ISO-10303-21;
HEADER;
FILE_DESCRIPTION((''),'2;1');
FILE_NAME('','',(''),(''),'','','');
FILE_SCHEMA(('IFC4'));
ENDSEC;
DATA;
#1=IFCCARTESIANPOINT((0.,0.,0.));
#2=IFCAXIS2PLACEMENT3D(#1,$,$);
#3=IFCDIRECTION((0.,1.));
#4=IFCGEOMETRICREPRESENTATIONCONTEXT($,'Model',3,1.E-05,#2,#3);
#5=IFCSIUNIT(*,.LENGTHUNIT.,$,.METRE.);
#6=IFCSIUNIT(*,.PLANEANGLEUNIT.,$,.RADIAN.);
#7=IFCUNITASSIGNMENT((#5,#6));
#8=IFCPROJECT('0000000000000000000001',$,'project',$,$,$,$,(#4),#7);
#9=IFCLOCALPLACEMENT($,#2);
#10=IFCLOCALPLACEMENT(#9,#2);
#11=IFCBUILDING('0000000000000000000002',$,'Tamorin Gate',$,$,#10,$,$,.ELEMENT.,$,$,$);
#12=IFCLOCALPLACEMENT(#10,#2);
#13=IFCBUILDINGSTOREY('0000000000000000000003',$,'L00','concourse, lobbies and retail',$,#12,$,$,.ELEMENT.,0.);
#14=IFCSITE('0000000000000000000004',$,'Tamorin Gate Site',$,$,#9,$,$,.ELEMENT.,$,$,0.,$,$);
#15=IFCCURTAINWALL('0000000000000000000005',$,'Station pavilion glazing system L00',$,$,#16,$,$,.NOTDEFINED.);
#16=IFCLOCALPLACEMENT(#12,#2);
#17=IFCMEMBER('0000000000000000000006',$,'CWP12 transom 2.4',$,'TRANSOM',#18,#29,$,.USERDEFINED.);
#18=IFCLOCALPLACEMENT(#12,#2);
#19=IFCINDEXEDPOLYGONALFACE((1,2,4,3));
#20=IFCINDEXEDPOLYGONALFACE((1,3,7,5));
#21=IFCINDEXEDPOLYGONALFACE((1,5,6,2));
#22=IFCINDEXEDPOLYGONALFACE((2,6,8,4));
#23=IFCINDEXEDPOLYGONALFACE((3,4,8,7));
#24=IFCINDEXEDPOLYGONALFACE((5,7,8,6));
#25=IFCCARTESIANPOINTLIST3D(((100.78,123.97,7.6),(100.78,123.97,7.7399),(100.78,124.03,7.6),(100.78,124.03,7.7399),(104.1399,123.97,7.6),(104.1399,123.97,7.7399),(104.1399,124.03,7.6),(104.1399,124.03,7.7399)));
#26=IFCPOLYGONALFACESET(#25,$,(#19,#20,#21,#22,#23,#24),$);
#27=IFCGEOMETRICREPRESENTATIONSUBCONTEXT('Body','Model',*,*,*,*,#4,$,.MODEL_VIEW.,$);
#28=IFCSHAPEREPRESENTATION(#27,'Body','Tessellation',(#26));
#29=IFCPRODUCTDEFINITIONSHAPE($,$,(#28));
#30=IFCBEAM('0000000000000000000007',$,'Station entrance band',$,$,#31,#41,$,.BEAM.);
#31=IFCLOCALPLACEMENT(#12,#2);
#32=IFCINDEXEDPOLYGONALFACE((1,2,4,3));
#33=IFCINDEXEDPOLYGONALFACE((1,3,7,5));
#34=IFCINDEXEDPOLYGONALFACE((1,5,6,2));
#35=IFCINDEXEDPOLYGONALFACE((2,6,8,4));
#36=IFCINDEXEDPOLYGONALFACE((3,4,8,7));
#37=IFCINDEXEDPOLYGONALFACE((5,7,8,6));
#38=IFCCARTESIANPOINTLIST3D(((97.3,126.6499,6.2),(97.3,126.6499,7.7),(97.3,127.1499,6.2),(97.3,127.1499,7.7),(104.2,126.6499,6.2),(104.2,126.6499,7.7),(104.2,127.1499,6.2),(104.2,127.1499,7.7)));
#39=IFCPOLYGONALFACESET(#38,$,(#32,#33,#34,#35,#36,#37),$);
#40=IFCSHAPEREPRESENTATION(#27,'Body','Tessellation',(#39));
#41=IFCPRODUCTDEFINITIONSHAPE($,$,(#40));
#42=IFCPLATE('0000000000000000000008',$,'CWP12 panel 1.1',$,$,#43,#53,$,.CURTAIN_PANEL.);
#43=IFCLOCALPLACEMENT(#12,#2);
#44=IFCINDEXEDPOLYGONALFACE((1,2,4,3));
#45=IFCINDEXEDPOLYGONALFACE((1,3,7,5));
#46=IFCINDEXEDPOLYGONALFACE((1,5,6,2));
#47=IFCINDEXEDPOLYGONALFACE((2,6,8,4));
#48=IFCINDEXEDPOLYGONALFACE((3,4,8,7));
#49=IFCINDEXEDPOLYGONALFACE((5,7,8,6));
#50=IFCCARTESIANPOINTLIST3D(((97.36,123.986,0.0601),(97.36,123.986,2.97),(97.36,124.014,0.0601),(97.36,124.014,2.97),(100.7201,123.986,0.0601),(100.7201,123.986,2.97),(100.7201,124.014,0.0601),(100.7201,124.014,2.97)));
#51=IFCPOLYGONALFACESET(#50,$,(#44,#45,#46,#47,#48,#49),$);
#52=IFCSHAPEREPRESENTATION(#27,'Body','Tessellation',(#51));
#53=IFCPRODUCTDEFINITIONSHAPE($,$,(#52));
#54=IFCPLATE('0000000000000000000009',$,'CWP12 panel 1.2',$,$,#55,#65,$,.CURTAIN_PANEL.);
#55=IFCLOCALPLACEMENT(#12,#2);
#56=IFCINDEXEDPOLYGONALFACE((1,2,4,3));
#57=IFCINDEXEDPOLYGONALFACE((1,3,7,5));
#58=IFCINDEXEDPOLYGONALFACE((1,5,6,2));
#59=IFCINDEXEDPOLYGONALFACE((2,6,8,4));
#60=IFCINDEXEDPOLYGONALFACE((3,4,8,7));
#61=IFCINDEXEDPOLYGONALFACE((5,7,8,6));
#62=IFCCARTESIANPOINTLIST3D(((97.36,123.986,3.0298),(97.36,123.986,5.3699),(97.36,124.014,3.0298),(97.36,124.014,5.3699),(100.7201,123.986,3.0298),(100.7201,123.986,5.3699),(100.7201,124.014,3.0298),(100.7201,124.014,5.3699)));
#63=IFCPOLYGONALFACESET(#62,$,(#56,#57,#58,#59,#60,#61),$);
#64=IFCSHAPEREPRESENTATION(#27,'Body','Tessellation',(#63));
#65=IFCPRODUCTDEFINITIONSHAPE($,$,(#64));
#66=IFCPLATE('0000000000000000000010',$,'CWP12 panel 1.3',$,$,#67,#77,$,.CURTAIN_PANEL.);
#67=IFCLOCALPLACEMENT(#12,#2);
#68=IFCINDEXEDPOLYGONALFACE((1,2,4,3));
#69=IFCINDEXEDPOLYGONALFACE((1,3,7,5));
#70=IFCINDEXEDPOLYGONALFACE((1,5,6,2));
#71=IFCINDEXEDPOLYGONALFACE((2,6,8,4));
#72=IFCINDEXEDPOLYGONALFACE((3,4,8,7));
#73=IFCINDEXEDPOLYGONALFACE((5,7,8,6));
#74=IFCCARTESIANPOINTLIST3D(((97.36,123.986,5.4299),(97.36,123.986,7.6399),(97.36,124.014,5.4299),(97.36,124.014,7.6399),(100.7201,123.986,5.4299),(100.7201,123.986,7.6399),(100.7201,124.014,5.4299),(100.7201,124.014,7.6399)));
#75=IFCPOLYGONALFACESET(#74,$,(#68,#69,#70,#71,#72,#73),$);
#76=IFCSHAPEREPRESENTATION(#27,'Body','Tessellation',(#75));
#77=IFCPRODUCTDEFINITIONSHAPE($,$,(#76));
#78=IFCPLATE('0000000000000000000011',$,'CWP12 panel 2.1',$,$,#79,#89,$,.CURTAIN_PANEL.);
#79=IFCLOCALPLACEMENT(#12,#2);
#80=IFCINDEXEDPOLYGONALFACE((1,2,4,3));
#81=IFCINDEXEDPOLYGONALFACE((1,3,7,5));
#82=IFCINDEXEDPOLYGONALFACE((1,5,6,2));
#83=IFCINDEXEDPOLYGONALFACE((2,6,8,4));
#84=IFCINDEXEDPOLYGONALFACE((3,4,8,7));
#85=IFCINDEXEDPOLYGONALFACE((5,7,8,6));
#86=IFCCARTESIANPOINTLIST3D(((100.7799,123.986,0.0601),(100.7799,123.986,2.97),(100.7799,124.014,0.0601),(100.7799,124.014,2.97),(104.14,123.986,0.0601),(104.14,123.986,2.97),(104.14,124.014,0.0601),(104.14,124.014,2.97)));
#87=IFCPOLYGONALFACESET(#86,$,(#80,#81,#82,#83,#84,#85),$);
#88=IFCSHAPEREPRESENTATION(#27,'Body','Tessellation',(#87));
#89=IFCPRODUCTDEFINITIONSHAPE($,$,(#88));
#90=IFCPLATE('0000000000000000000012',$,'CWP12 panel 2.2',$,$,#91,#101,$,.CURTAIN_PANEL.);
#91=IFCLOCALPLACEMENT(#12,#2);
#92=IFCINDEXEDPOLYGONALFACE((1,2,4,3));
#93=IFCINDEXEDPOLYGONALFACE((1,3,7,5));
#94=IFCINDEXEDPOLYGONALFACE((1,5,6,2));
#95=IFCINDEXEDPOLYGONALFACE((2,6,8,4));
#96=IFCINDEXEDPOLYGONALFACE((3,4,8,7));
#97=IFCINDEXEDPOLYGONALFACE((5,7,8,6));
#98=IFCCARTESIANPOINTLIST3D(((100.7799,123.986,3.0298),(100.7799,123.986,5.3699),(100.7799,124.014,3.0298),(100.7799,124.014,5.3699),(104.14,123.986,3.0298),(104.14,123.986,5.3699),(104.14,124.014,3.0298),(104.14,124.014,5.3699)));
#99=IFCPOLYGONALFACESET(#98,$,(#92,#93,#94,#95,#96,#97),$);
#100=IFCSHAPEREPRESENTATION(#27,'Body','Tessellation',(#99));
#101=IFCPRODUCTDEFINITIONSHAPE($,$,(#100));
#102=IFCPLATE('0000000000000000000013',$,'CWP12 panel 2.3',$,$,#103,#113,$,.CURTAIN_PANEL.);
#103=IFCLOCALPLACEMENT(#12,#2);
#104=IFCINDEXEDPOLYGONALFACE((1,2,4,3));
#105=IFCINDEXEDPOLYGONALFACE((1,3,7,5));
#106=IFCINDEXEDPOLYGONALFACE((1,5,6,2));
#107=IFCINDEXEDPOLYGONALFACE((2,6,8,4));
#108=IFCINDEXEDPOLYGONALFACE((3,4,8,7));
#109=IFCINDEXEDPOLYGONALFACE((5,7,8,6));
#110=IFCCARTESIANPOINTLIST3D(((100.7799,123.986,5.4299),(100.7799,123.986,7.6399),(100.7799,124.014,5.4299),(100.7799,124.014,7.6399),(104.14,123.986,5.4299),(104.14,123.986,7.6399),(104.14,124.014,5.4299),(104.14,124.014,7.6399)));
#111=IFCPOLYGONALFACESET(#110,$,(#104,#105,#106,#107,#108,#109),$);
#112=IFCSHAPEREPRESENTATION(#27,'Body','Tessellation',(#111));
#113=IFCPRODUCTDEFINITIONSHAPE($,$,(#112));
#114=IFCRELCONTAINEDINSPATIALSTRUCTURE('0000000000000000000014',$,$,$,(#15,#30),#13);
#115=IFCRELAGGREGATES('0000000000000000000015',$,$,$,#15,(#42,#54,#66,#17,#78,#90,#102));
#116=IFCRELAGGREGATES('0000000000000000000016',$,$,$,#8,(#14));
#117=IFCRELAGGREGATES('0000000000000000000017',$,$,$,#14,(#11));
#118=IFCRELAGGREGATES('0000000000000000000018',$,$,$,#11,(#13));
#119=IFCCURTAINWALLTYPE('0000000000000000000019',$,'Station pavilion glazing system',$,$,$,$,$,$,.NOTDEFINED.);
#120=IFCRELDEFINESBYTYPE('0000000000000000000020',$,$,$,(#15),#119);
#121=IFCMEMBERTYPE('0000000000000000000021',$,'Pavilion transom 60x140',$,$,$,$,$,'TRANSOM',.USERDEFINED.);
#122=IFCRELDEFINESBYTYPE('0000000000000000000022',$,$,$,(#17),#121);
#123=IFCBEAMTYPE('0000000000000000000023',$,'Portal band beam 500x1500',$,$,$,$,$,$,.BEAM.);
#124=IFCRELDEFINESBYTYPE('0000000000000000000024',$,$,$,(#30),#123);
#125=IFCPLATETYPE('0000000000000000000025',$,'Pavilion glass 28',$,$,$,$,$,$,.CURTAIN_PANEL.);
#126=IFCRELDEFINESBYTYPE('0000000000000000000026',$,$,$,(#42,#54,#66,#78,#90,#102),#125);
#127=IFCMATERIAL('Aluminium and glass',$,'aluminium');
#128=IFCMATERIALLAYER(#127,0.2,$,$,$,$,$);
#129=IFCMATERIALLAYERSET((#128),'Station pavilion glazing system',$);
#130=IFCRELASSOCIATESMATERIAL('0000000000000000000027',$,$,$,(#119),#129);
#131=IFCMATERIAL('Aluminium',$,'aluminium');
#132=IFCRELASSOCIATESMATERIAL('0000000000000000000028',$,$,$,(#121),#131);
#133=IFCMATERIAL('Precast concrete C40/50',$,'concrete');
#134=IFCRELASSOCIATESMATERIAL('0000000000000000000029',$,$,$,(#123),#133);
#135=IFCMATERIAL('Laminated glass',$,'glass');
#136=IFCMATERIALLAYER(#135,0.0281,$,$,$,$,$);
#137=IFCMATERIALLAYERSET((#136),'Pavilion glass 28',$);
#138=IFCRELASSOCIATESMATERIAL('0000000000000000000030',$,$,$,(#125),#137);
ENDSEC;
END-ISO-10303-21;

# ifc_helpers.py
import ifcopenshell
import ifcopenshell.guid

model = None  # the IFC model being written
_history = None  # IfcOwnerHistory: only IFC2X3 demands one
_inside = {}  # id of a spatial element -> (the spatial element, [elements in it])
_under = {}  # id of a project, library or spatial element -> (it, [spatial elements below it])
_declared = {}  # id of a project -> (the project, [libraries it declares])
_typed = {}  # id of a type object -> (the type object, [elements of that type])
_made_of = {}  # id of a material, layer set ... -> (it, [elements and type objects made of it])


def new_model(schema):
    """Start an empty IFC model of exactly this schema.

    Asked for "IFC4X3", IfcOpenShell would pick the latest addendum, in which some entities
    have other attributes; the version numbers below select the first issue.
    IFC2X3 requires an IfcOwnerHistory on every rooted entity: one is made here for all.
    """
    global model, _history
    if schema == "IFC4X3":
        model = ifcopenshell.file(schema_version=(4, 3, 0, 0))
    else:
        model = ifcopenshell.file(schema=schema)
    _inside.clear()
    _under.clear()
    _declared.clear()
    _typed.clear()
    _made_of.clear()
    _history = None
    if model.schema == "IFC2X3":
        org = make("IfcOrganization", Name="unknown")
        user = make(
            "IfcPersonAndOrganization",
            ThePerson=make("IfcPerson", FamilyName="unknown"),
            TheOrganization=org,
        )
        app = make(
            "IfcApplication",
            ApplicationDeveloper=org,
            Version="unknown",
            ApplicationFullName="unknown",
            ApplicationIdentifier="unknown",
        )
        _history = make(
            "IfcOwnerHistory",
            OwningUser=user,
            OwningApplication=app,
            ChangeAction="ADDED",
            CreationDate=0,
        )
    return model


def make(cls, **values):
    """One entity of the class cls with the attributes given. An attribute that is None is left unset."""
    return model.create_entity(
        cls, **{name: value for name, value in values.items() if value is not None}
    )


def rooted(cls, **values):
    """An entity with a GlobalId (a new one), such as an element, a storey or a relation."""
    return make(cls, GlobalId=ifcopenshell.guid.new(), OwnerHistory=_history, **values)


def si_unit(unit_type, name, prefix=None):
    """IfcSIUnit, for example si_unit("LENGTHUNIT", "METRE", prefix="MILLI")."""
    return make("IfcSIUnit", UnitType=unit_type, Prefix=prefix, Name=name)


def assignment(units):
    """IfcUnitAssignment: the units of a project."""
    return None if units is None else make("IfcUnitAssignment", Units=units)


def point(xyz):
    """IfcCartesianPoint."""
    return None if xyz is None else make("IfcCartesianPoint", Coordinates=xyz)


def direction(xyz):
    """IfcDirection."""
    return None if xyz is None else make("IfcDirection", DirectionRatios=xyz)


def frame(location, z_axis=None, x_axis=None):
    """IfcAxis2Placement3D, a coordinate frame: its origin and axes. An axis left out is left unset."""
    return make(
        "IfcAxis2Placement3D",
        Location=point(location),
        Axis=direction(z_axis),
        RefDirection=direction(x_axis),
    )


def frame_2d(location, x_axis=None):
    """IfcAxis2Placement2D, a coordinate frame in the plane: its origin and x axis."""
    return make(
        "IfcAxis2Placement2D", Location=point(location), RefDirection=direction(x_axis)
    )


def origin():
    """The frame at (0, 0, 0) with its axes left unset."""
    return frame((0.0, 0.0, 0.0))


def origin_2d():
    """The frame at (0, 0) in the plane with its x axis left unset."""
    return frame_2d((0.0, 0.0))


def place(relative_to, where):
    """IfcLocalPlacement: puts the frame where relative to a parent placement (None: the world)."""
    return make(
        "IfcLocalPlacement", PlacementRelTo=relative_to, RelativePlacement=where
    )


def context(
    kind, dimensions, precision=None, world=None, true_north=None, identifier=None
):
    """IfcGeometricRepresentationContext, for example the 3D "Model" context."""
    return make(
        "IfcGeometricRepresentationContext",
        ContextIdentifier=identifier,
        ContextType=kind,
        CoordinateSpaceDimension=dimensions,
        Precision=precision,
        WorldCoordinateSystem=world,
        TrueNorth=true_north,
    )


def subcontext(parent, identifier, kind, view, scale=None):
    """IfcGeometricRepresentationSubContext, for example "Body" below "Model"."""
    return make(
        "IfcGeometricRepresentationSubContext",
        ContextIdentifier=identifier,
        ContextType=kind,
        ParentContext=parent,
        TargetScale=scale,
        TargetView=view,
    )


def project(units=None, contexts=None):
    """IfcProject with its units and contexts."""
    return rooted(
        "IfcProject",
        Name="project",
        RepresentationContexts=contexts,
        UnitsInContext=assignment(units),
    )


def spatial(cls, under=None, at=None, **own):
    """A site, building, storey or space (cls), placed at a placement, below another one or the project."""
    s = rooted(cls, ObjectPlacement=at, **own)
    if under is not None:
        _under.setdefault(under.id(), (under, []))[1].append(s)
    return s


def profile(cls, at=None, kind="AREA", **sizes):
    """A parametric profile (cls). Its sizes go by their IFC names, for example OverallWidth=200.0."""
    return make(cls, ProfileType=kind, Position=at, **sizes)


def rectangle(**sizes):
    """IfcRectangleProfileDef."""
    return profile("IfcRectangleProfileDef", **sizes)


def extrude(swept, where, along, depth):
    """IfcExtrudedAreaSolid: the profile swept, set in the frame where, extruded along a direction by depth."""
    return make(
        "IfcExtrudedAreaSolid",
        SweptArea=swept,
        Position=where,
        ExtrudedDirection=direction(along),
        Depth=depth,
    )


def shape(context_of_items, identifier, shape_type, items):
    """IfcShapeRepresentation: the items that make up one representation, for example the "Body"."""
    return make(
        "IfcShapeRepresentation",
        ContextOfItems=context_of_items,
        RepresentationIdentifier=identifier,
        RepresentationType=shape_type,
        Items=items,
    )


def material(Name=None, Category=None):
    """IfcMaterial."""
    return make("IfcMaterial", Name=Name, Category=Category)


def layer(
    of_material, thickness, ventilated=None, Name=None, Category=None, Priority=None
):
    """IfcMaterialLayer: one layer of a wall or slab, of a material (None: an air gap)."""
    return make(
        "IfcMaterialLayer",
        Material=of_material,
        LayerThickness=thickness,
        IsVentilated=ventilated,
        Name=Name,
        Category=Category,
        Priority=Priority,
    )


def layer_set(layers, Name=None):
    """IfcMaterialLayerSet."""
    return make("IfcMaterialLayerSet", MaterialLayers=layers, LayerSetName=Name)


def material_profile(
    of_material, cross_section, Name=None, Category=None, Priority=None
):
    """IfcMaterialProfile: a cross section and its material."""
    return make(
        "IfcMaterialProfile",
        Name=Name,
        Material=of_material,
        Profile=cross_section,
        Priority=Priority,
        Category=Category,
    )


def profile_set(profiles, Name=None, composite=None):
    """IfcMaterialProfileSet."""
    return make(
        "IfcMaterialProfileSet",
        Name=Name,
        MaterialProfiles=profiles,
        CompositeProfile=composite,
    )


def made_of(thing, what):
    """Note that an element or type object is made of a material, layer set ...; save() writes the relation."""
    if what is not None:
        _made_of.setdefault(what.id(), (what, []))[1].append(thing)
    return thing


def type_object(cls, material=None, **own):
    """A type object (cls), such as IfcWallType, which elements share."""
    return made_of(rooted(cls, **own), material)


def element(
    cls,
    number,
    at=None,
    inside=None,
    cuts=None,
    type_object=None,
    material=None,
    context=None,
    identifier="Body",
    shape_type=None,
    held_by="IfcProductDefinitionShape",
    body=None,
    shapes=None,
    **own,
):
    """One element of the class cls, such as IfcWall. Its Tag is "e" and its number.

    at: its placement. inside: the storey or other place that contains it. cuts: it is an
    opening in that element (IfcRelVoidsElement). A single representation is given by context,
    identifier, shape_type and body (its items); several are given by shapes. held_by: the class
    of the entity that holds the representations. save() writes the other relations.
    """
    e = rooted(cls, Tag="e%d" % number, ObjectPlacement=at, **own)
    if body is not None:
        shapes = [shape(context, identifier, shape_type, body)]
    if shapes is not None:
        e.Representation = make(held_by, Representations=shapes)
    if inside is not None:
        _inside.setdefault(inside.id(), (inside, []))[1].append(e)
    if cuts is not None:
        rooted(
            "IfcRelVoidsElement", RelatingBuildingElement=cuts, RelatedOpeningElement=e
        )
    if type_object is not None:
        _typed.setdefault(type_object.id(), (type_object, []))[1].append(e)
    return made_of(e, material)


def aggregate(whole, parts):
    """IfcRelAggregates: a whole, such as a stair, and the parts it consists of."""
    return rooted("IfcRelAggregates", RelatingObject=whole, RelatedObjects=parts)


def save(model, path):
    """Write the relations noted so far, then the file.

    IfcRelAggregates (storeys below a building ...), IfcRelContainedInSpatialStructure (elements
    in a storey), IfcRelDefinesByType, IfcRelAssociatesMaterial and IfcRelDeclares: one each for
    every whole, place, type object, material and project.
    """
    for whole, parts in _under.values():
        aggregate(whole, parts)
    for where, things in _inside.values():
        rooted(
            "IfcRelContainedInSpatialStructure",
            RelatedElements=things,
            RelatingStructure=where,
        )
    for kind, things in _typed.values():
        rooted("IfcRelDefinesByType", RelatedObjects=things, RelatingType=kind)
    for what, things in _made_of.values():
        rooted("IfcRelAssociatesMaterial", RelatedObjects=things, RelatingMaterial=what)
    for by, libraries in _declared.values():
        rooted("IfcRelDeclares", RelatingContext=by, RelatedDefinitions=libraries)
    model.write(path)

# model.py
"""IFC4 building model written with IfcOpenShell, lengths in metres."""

from ifc_helpers import new_model, si_unit, direction, frame, origin, origin_2d, place, context, subcontext, project, spatial, rectangle, extrude, material, layer, layer_set, material_profile, profile_set, type_object, element, aggregate, save


model = new_model("IFC4")

# Units and contexts
model_context = context("Model", 3, precision=1e-05, world=origin(), true_north=direction((0.0, 1.0)))
body_context = subcontext(model_context, "Body", "Model", "MODEL_VIEW")
ifc_project = project(units=[si_unit("LENGTHUNIT", "METRE"), si_unit("PLANEANGLEUNIT", "RADIAN")], contexts=[model_context])

# Site, building, storey
site_placement = place(None, origin())
site = spatial("IfcSite", under=ifc_project, at=site_placement, Name="Tamorin Gate Site", CompositionType="ELEMENT", RefElevation=0.0)
building_placement = place(site_placement, origin())
building = spatial("IfcBuilding", under=site, at=building_placement, Name="Tamorin Gate", CompositionType="ELEMENT")
storey_placement = place(building_placement, origin())
storey = spatial("IfcBuildingStorey", under=building, at=storey_placement, Name="L00", Description="concourse, lobbies and retail", CompositionType="ELEMENT", Elevation=0.0)

# Curtain wall, member
ifc_material_1 = material(Name="Aluminium and glass", Category="aluminium")
ifc_layer_1 = layer(ifc_material_1, 0.2)
ifc_layer_set_1 = layer_set([ifc_layer_1], Name="Station pavilion glazing system")
curtain_wall_type = type_object("IfcCurtainWallType", Name="Station pavilion glazing system", PredefinedType="NOTDEFINED", material=ifc_layer_set_1)
curtain_wall_placement = place(storey_placement, origin())
curtain_wall = element("IfcCurtainWall", 1, at=curtain_wall_placement, inside=storey, type_object=curtain_wall_type, Name="Station pavilion glazing system L00", PredefinedType="NOTDEFINED")
ifc_material_2 = material(Name="Aluminium", Category="aluminium")
ifc_material_profile_1 = material_profile(ifc_material_2, rectangle(XDim=0.0601, YDim=0.1399, at=origin_2d()), Name="RECT 60x140")
ifc_profile_set_1 = profile_set([ifc_material_profile_1], Name="Aluminium")
member_type_1 = type_object("IfcMemberType", Name="Pavilion transom 60x140", ElementType="TRANSOM", PredefinedType="USERDEFINED", material=ifc_profile_set_1)
member_1_placement = place(storey_placement, frame((100.78, 124.0, 7.6699), z_axis=(1.0, 0.0, 0.0), x_axis=(0.0, 1.0, 0.0)))
member_1 = element("IfcMember", 2, at=member_1_placement, type_object=member_type_1, Name="CWP12 transom 2.4", ObjectType="TRANSOM", PredefinedType="USERDEFINED", context=body_context, shape_type="SweptSolid", body=[
    extrude(rectangle(XDim=0.0601, YDim=0.1399, at=origin_2d()), origin(), (0.0, 0.0, 1.0), 3.3599),
])

# Beam
ifc_material_3 = material(Name="Precast concrete C40/50", Category="concrete")
ifc_material_profile_2 = material_profile(ifc_material_3, rectangle(XDim=0.5, YDim=1.5, at=origin_2d()), Name="RC 500x1500")
ifc_profile_set_2 = profile_set([ifc_material_profile_2], Name="Precast concrete C40/50")
beam_type = type_object("IfcBeamType", Name="Portal band beam 500x1500", PredefinedType="BEAM", material=ifc_profile_set_2)
beam_placement = place(storey_placement, frame((97.3, 126.8999, 6.95), z_axis=(1.0, 0.0, 0.0), x_axis=(0.0, 1.0, 0.0)))
element("IfcBeam", 3, at=beam_placement, inside=storey, type_object=beam_type, Name="Station entrance band", PredefinedType="BEAM", context=body_context, shape_type="SweptSolid", body=[
    extrude(rectangle(XDim=0.5, YDim=1.5, at=origin_2d()), origin(), (0.0, 0.0, 1.0), 6.8999),
])

# Plates
ifc_material_4 = material(Name="Laminated glass", Category="glass")
ifc_layer_2 = layer(ifc_material_4, 0.0281)
ifc_layer_set_2 = layer_set([ifc_layer_2], Name="Pavilion glass 28")
plate_type = type_object("IfcPlateType", Name="Pavilion glass 28", PredefinedType="CURTAIN_PANEL", material=ifc_layer_set_2)
plate_1_placement = place(storey_placement, frame((99.04, 124.0, 0.0601), z_axis=(0.0, 0.0, 1.0), x_axis=(1.0, 0.0, 0.0)))
plate_1 = element("IfcPlate", 4, at=plate_1_placement, type_object=plate_type, Name="CWP12 panel 1.1", PredefinedType="CURTAIN_PANEL", context=body_context, shape_type="SweptSolid", body=[
    extrude(rectangle(XDim=3.3601, YDim=0.0281, at=origin_2d()), origin(), (0.0, 0.0, 1.0), 2.9099),
])
plate_2_placement = place(storey_placement, frame((99.04, 124.0, 3.0298), z_axis=(0.0, 0.0, 1.0), x_axis=(1.0, 0.0, 0.0)))
plate_2 = element("IfcPlate", 5, at=plate_2_placement, type_object=plate_type, Name="CWP12 panel 1.2", PredefinedType="CURTAIN_PANEL", context=body_context, shape_type="SweptSolid", body=[
    extrude(rectangle(XDim=3.3601, YDim=0.0281, at=origin_2d()), origin(), (0.0, 0.0, 1.0), 2.3401),
])
plate_3_placement = place(storey_placement, frame((99.04, 124.0, 5.4299), z_axis=(0.0, 0.0, 1.0), x_axis=(1.0, 0.0, 0.0)))
plate_3 = element("IfcPlate", 6, at=plate_3_placement, type_object=plate_type, Name="CWP12 panel 1.3", PredefinedType="CURTAIN_PANEL", context=body_context, shape_type="SweptSolid", body=[
    extrude(rectangle(XDim=3.3601, YDim=0.0281, at=origin_2d()), origin(), (0.0, 0.0, 1.0), 2.21),
])
plate_4_placement = place(storey_placement, frame((102.46, 124.0, 0.0601), z_axis=(0.0, 0.0, 1.0), x_axis=(1.0, 0.0, 0.0)))
plate_4 = element("IfcPlate", 7, at=plate_4_placement, type_object=plate_type, Name="CWP12 panel 2.1", PredefinedType="CURTAIN_PANEL", context=body_context, shape_type="SweptSolid", body=[
    extrude(rectangle(XDim=3.3601, YDim=0.0281, at=origin_2d()), origin(), (0.0, 0.0, 1.0), 2.9099),
])
plate_5_placement = place(storey_placement, frame((102.46, 124.0, 3.0298), z_axis=(0.0, 0.0, 1.0), x_axis=(1.0, 0.0, 0.0)))
plate_5 = element("IfcPlate", 8, at=plate_5_placement, type_object=plate_type, Name="CWP12 panel 2.2", PredefinedType="CURTAIN_PANEL", context=body_context, shape_type="SweptSolid", body=[
    extrude(rectangle(XDim=3.3601, YDim=0.0281, at=origin_2d()), origin(), (0.0, 0.0, 1.0), 2.3401),
])
plate_6_placement = place(storey_placement, frame((102.46, 124.0, 5.4299), z_axis=(0.0, 0.0, 1.0), x_axis=(1.0, 0.0, 0.0)))
plate_6 = element("IfcPlate", 9, at=plate_6_placement, type_object=plate_type, Name="CWP12 panel 2.3", PredefinedType="CURTAIN_PANEL", context=body_context, shape_type="SweptSolid", body=[
    extrude(rectangle(XDim=3.3601, YDim=0.0281, at=origin_2d()), origin(), (0.0, 0.0, 1.0), 2.21),
])
aggregate(curtain_wall, [plate_1, plate_2, plate_3, member_1, plate_4, plate_5, plate_6])

save(model, "model.ifc")
